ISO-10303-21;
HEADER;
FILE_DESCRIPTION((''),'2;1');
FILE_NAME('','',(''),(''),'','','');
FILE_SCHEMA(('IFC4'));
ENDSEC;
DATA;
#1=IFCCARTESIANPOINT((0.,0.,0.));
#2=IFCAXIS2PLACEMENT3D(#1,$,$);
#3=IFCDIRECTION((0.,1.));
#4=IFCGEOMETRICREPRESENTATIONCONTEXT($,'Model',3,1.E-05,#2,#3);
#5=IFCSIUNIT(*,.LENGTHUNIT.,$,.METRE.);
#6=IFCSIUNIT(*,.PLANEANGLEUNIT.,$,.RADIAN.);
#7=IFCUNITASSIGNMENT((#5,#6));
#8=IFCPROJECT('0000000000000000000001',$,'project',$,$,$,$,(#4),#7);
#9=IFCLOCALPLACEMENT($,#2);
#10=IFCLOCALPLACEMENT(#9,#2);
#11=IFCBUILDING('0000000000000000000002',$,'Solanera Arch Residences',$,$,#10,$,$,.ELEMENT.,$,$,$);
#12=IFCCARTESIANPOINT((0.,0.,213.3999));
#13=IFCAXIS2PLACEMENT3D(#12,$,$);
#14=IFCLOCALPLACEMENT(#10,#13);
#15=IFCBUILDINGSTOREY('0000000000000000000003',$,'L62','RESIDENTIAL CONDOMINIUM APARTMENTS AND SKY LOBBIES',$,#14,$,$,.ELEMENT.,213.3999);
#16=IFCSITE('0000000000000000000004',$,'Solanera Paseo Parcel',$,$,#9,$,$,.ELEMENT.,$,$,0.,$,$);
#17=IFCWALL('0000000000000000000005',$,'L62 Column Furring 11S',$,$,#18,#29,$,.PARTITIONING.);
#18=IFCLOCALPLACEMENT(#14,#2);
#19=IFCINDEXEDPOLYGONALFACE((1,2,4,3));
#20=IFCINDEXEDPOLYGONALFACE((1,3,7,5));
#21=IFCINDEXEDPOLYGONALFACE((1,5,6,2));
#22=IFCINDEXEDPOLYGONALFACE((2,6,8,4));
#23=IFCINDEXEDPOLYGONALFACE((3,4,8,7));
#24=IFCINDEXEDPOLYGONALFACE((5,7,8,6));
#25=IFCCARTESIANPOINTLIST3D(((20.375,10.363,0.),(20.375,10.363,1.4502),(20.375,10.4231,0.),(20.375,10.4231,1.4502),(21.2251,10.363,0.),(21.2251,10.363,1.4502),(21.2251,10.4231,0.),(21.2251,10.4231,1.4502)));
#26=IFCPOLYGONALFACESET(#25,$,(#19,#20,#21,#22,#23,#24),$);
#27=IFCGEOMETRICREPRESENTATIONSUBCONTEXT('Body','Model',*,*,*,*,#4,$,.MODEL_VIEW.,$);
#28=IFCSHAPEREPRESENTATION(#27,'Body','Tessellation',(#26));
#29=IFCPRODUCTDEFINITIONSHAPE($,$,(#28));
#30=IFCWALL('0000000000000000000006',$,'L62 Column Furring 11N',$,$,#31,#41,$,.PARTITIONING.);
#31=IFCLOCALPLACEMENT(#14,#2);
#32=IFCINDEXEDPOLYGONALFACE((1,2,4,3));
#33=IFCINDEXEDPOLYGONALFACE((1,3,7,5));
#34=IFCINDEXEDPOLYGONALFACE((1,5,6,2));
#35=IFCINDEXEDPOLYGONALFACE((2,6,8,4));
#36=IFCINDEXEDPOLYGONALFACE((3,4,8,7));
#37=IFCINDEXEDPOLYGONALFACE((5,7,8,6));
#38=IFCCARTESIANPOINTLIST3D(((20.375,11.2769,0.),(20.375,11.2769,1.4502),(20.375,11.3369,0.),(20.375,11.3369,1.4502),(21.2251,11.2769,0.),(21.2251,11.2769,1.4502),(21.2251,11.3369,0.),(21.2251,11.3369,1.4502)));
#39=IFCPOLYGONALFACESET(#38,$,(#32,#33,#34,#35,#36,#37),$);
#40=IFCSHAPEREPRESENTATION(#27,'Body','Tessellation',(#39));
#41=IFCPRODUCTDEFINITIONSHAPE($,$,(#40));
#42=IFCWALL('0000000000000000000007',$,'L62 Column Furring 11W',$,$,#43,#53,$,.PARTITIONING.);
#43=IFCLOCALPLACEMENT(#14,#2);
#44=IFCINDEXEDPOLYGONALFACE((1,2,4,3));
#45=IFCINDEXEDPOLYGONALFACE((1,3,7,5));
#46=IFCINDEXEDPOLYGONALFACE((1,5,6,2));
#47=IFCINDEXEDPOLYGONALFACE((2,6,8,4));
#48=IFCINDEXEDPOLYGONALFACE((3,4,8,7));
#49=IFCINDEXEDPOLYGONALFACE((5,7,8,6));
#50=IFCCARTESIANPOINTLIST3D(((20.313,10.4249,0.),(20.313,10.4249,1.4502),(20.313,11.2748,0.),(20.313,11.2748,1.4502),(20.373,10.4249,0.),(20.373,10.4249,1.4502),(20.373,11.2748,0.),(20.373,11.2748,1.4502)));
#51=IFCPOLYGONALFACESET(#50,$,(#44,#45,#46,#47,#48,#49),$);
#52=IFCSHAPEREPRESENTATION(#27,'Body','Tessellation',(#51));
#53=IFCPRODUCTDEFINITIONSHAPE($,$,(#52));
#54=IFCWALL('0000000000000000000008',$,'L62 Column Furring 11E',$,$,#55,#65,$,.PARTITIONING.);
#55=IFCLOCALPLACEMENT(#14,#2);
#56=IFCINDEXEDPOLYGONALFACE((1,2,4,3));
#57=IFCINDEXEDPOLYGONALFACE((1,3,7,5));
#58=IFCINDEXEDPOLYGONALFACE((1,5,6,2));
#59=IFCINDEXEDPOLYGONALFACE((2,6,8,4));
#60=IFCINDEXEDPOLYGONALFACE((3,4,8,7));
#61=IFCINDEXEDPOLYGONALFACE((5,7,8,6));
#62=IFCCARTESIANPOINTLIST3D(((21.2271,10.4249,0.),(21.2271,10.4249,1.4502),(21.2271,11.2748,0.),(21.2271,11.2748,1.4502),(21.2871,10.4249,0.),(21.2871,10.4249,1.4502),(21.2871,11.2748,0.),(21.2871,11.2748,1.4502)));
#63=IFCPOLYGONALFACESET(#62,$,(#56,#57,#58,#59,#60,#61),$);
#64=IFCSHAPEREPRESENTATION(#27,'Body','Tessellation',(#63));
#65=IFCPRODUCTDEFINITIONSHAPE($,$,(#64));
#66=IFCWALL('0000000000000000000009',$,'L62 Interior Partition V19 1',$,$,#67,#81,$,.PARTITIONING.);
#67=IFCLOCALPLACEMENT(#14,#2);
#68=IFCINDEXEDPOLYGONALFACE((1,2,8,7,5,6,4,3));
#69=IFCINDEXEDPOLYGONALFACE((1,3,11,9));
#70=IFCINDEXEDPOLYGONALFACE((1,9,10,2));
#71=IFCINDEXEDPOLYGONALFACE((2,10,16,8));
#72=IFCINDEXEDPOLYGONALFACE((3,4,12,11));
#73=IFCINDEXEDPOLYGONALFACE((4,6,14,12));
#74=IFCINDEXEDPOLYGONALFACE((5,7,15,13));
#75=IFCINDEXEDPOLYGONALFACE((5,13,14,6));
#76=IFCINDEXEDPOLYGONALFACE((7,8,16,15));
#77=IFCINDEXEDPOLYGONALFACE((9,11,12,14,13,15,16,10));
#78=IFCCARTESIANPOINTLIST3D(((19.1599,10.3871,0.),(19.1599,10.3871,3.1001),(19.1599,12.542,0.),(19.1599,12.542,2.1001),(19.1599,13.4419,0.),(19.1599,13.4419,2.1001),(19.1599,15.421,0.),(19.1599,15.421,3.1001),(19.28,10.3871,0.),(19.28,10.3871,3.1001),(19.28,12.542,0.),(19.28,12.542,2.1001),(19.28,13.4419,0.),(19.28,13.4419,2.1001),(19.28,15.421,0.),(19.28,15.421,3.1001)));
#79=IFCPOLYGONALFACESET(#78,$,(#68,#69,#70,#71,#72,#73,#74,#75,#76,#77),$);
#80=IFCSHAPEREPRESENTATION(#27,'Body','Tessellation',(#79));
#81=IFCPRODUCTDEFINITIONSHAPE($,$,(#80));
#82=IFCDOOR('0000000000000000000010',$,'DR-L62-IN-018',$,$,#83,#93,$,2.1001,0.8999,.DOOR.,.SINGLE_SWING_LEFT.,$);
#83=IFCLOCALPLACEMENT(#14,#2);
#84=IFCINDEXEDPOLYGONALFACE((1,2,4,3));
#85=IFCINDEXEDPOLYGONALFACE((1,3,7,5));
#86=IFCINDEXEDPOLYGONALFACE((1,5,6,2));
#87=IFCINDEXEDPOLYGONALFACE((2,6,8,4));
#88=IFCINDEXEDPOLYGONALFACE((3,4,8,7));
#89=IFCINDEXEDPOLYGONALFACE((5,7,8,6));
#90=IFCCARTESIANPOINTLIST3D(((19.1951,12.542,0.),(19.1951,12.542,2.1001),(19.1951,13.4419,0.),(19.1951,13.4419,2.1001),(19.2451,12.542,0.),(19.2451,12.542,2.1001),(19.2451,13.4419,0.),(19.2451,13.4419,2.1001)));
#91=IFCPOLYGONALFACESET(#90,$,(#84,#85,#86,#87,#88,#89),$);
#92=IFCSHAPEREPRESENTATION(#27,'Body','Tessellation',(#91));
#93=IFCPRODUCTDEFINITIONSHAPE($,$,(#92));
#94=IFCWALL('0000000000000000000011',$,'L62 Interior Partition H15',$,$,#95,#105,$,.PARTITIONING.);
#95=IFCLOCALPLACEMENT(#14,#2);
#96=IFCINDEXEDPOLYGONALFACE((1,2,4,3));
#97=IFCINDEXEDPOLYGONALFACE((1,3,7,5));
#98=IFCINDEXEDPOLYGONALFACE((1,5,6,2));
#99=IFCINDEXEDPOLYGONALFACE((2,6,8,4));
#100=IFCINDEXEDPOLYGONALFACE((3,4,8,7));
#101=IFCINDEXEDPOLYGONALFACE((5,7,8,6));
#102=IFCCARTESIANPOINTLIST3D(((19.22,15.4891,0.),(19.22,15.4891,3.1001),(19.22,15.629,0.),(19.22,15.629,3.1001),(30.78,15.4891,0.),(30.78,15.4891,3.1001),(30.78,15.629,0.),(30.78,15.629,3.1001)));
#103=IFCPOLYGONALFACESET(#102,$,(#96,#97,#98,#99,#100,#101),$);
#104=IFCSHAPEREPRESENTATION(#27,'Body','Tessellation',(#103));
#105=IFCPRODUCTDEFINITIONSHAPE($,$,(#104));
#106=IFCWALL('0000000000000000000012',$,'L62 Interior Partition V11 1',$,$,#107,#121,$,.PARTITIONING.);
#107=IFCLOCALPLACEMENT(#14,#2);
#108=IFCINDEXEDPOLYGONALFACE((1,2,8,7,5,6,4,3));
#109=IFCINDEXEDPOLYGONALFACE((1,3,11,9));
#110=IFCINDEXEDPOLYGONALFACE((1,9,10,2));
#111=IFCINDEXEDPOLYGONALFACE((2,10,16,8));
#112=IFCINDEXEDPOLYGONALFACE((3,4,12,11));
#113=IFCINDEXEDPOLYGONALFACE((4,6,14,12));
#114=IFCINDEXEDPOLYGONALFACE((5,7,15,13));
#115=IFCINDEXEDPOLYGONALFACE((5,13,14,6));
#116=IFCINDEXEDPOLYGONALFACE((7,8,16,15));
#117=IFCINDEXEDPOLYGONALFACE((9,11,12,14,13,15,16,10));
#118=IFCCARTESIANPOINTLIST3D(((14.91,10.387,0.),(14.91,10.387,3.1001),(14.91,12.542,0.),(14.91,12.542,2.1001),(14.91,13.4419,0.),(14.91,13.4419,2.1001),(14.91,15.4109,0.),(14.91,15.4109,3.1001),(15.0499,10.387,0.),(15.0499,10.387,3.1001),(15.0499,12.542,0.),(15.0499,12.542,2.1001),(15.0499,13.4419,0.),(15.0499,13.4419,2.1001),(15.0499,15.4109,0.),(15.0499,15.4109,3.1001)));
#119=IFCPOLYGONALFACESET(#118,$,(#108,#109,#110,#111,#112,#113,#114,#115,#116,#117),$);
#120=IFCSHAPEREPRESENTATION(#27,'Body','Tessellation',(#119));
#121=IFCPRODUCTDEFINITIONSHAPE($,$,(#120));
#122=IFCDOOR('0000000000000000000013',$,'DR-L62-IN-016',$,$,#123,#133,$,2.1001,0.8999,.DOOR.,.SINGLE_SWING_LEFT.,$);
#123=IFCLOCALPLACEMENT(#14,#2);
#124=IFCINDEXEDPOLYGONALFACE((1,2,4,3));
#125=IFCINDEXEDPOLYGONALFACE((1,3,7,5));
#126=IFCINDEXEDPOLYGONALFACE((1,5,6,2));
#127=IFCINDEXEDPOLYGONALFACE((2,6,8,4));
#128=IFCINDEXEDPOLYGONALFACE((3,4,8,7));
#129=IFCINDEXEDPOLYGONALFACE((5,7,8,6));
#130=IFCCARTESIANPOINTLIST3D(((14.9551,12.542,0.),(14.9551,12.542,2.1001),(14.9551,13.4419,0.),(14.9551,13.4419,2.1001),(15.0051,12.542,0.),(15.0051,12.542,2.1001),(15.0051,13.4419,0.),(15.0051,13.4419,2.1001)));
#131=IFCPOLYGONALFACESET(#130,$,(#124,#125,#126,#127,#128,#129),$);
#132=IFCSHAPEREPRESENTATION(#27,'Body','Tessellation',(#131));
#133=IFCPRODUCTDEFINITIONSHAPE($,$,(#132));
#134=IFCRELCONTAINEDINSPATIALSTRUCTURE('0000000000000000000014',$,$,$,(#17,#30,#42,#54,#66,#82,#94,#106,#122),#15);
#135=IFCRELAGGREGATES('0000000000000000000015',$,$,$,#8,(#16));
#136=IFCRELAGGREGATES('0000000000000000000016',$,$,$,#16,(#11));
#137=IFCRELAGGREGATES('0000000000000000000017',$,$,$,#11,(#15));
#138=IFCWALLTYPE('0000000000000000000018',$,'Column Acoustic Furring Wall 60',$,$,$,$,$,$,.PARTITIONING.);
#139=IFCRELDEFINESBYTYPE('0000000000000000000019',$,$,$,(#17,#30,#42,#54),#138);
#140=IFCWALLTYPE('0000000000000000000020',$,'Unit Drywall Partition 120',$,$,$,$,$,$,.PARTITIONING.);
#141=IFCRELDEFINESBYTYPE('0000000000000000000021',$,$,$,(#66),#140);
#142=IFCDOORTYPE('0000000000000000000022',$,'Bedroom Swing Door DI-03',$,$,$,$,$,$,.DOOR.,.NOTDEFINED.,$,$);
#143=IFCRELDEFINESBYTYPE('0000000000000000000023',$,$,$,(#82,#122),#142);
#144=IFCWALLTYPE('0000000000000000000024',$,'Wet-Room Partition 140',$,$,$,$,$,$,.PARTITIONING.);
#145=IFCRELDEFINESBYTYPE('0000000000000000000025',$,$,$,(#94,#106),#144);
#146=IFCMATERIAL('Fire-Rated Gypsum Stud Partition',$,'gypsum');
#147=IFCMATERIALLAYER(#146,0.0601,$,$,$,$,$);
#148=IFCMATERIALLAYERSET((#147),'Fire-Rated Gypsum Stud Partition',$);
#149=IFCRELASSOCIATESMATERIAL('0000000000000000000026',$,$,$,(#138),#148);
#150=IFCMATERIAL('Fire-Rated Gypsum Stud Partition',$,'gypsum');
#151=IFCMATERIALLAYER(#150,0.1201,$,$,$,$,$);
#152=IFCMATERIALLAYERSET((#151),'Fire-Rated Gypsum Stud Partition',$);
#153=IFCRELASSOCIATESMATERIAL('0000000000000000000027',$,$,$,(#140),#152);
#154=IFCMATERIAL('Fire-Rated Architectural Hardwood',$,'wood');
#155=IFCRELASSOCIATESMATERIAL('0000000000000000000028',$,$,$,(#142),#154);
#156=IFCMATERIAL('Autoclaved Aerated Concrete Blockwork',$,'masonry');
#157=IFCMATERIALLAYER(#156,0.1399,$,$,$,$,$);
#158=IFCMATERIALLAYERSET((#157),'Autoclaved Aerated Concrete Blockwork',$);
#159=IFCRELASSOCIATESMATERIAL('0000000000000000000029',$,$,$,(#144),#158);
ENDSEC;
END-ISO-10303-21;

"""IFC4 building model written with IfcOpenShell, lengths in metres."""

from ifc_helpers import new_model, si_unit, direction, frame, frame_2d, origin, place, context, subcontext, project, spatial, rectangle, extrude, material, layer, layer_set, type_object, element, fill, save


model = new_model("IFC4")

# Units and contexts
model_context = context("Model", 3, precision=1e-05, world=origin(), true_north=direction((0.0, 1.0)))
body_context = subcontext(model_context, "Body", "Model", "MODEL_VIEW")
ifc_project = project(units=[si_unit("LENGTHUNIT", "METRE"), si_unit("PLANEANGLEUNIT", "RADIAN")], contexts=[model_context])

# Site, building, storey
site_placement = place(None, origin())
site = spatial("IfcSite", under=ifc_project, at=site_placement, Name="Solanera Paseo Parcel", CompositionType="ELEMENT", RefElevation=0.0)
building_placement = place(site_placement, origin())
building = spatial("IfcBuilding", under=site, at=building_placement, Name="Solanera Arch Residences", CompositionType="ELEMENT")
storey_placement = place(building_placement, frame((0.0, 0.0, 213.3999)))
storey = spatial("IfcBuildingStorey", under=building, at=storey_placement, Name="L62", Description="RESIDENTIAL CONDOMINIUM APARTMENTS AND SKY LOBBIES", CompositionType="ELEMENT", Elevation=213.3999)

# Walls
ifc_material_1 = material(Name="Fire-Rated Gypsum Stud Partition", Category="gypsum")
ifc_layer_1 = layer(ifc_material_1, 0.0601)
ifc_layer_set_1 = layer_set([ifc_layer_1], Name="Fire-Rated Gypsum Stud Partition")
wall_type_1 = type_object("IfcWallType", Name="Column Acoustic Furring Wall 60", PredefinedType="PARTITIONING", material=ifc_layer_set_1)
for number, where, z_axis, x_axis, name in (
    (1, (20.375, 10.3931, 0.0), (0.0, 0.0, 1.0), (1.0, 0.0, 0.0), "L62 Column Furring 11S"),
    (2, (20.375, 11.3069, 0.0), (0.0, 0.0, 1.0), (1.0, 0.0, 0.0), "L62 Column Furring 11N"),
):
    element("IfcWall", number, at=place(storey_placement, frame(where, z_axis=z_axis, x_axis=x_axis)), inside=storey, type_object=wall_type_1, Name=name, PredefinedType="PARTITIONING", context=body_context, shape_type="SweptSolid", body=[
        extrude(rectangle(XDim=0.8501, YDim=0.0601, at=frame_2d((0.425, 0.0))), origin(), (0.0, 0.0, 1.0), 1.4502),
    ])
for number, where, z_axis, x_axis, name in (
    (3, (20.343, 10.425, 0.0), (0.0, 0.0, 1.0), (0.0, 1.0, 0.0), "L62 Column Furring 11W"),
    (4, (21.2571, 10.425, 0.0), (0.0, 0.0, 1.0), (0.0, 1.0, 0.0), "L62 Column Furring 11E"),
):
    element("IfcWall", number, at=place(storey_placement, frame(where, z_axis=z_axis, x_axis=x_axis)), inside=storey, type_object=wall_type_1, Name=name, PredefinedType="PARTITIONING", context=body_context, shape_type="SweptSolid", body=[
        extrude(rectangle(XDim=0.8499, YDim=0.0601, at=frame_2d((0.4248, 0.0))), origin(), (0.0, 0.0, 1.0), 1.4502),
    ])

# Wall, opening, door
ifc_material_2 = material(Name="Fire-Rated Gypsum Stud Partition", Category="gypsum")
ifc_layer_2 = layer(ifc_material_2, 0.1201)
ifc_layer_set_2 = layer_set([ifc_layer_2], Name="Fire-Rated Gypsum Stud Partition")
wall_type_2 = type_object("IfcWallType", Name="Unit Drywall Partition 120", PredefinedType="PARTITIONING", material=ifc_layer_set_2)
wall_1_placement = place(storey_placement, frame((19.22, 10.387, 0.0), z_axis=(0.0, 0.0, 1.0), x_axis=(0.0, 1.0, 0.0)))
wall_1 = element("IfcWall", 5, at=wall_1_placement, inside=storey, type_object=wall_type_2, Name="L62 Interior Partition V19 1", PredefinedType="PARTITIONING", context=body_context, shape_type="SweptSolid", body=[
    extrude(rectangle(XDim=5.0339, YDim=0.1201, at=frame_2d((2.5171, 0.0))), origin(), (0.0, 0.0, 1.0), 3.1001),
])
opening_1_placement = place(wall_1_placement, frame((2.155, 0.0, 0.0)))
opening_1 = element("IfcOpeningElement", 6, at=opening_1_placement, cuts=wall_1, PredefinedType="OPENING", context=body_context, shape_type="SweptSolid", body=[
    extrude(rectangle(XDim=0.8999, YDim=2.1001, at=frame_2d((0.45, 1.05))), frame((0.0, 0.0701, 0.0), z_axis=(0.0, -1.0, 0.0), x_axis=(1.0, 0.0, 0.0)), (0.0, 0.0, 1.0), 0.1401),
])
ifc_material_3 = material(Name="Fire-Rated Architectural Hardwood", Category="wood")
door_type = type_object("IfcDoorType", Name="Bedroom Swing Door DI-03", OperationType="NOTDEFINED", PredefinedType="DOOR", material=ifc_material_3)
door_1_placement = place(opening_1_placement, origin())
door_1 = element("IfcDoor", 7, at=door_1_placement, inside=storey, type_object=door_type, Name="DR-L62-IN-018", OperationType="SINGLE_SWING_LEFT", OverallHeight=2.1001, OverallWidth=0.8999, PredefinedType="DOOR", context=body_context, shape_type="SweptSolid", body=[
    extrude(rectangle(XDim=0.8999, YDim=2.1001, at=frame_2d((0.45, 1.05))), frame((0.0, 0.0249, 0.0), z_axis=(0.0, -1.0, 0.0), x_axis=(1.0, 0.0, 0.0)), (0.0, 0.0, 1.0), 0.05),
])
fill(opening_1, door_1)

# Wall
ifc_material_4 = material(Name="Autoclaved Aerated Concrete Blockwork", Category="masonry")
ifc_layer_3 = layer(ifc_material_4, 0.1399)
ifc_layer_set_3 = layer_set([ifc_layer_3], Name="Autoclaved Aerated Concrete Blockwork")
wall_type_3 = type_object("IfcWallType", Name="Wet-Room Partition 140", PredefinedType="PARTITIONING", material=ifc_layer_set_3)
wall_2_placement = place(storey_placement, frame((19.22, 15.5591, 0.0), z_axis=(0.0, 0.0, 1.0), x_axis=(1.0, 0.0, 0.0)))
element("IfcWall", 8, at=wall_2_placement, inside=storey, type_object=wall_type_3, Name="L62 Interior Partition H15", PredefinedType="PARTITIONING", context=body_context, shape_type="SweptSolid", body=[
    extrude(rectangle(XDim=11.5601, YDim=0.1399, at=frame_2d((5.78, 0.0))), origin(), (0.0, 0.0, 1.0), 3.1001),
])

# Wall, opening, door
wall_3_placement = place(storey_placement, frame((14.98, 10.387, 0.0), z_axis=(0.0, 0.0, 1.0), x_axis=(0.0, 1.0, 0.0)))
wall_3 = element("IfcWall", 9, at=wall_3_placement, inside=storey, type_object=wall_type_3, Name="L62 Interior Partition V11 1", PredefinedType="PARTITIONING", context=body_context, shape_type="SweptSolid", body=[
    extrude(rectangle(XDim=5.0239, YDim=0.1399, at=frame_2d((2.512, 0.0))), origin(), (0.0, 0.0, 1.0), 3.1001),
])
opening_2_placement = place(wall_3_placement, frame((2.155, 0.0, 0.0)))
opening_2 = element("IfcOpeningElement", 10, at=opening_2_placement, cuts=wall_3, PredefinedType="OPENING", context=body_context, shape_type="SweptSolid", body=[
    extrude(rectangle(XDim=0.8999, YDim=2.1001, at=frame_2d((0.45, 1.05))), frame((0.0, 0.0798, 0.0), z_axis=(0.0, -1.0, 0.0), x_axis=(1.0, 0.0, 0.0)), (0.0, 0.0, 1.0), 0.1599),
])
door_2_placement = place(opening_2_placement, origin())
door_2 = element("IfcDoor", 11, at=door_2_placement, inside=storey, type_object=door_type, Name="DR-L62-IN-016", OperationType="SINGLE_SWING_LEFT", OverallHeight=2.1001, OverallWidth=0.8999, PredefinedType="DOOR", context=body_context, shape_type="SweptSolid", body=[
    extrude(rectangle(XDim=0.8999, YDim=2.1001, at=frame_2d((0.45, 1.05))), frame((0.0, 0.0249, 0.0), z_axis=(0.0, -1.0, 0.0), x_axis=(1.0, 0.0, 0.0)), (0.0, 0.0, 1.0), 0.05),
])
fill(opening_2, door_2)

save(model, "model.ifc")
